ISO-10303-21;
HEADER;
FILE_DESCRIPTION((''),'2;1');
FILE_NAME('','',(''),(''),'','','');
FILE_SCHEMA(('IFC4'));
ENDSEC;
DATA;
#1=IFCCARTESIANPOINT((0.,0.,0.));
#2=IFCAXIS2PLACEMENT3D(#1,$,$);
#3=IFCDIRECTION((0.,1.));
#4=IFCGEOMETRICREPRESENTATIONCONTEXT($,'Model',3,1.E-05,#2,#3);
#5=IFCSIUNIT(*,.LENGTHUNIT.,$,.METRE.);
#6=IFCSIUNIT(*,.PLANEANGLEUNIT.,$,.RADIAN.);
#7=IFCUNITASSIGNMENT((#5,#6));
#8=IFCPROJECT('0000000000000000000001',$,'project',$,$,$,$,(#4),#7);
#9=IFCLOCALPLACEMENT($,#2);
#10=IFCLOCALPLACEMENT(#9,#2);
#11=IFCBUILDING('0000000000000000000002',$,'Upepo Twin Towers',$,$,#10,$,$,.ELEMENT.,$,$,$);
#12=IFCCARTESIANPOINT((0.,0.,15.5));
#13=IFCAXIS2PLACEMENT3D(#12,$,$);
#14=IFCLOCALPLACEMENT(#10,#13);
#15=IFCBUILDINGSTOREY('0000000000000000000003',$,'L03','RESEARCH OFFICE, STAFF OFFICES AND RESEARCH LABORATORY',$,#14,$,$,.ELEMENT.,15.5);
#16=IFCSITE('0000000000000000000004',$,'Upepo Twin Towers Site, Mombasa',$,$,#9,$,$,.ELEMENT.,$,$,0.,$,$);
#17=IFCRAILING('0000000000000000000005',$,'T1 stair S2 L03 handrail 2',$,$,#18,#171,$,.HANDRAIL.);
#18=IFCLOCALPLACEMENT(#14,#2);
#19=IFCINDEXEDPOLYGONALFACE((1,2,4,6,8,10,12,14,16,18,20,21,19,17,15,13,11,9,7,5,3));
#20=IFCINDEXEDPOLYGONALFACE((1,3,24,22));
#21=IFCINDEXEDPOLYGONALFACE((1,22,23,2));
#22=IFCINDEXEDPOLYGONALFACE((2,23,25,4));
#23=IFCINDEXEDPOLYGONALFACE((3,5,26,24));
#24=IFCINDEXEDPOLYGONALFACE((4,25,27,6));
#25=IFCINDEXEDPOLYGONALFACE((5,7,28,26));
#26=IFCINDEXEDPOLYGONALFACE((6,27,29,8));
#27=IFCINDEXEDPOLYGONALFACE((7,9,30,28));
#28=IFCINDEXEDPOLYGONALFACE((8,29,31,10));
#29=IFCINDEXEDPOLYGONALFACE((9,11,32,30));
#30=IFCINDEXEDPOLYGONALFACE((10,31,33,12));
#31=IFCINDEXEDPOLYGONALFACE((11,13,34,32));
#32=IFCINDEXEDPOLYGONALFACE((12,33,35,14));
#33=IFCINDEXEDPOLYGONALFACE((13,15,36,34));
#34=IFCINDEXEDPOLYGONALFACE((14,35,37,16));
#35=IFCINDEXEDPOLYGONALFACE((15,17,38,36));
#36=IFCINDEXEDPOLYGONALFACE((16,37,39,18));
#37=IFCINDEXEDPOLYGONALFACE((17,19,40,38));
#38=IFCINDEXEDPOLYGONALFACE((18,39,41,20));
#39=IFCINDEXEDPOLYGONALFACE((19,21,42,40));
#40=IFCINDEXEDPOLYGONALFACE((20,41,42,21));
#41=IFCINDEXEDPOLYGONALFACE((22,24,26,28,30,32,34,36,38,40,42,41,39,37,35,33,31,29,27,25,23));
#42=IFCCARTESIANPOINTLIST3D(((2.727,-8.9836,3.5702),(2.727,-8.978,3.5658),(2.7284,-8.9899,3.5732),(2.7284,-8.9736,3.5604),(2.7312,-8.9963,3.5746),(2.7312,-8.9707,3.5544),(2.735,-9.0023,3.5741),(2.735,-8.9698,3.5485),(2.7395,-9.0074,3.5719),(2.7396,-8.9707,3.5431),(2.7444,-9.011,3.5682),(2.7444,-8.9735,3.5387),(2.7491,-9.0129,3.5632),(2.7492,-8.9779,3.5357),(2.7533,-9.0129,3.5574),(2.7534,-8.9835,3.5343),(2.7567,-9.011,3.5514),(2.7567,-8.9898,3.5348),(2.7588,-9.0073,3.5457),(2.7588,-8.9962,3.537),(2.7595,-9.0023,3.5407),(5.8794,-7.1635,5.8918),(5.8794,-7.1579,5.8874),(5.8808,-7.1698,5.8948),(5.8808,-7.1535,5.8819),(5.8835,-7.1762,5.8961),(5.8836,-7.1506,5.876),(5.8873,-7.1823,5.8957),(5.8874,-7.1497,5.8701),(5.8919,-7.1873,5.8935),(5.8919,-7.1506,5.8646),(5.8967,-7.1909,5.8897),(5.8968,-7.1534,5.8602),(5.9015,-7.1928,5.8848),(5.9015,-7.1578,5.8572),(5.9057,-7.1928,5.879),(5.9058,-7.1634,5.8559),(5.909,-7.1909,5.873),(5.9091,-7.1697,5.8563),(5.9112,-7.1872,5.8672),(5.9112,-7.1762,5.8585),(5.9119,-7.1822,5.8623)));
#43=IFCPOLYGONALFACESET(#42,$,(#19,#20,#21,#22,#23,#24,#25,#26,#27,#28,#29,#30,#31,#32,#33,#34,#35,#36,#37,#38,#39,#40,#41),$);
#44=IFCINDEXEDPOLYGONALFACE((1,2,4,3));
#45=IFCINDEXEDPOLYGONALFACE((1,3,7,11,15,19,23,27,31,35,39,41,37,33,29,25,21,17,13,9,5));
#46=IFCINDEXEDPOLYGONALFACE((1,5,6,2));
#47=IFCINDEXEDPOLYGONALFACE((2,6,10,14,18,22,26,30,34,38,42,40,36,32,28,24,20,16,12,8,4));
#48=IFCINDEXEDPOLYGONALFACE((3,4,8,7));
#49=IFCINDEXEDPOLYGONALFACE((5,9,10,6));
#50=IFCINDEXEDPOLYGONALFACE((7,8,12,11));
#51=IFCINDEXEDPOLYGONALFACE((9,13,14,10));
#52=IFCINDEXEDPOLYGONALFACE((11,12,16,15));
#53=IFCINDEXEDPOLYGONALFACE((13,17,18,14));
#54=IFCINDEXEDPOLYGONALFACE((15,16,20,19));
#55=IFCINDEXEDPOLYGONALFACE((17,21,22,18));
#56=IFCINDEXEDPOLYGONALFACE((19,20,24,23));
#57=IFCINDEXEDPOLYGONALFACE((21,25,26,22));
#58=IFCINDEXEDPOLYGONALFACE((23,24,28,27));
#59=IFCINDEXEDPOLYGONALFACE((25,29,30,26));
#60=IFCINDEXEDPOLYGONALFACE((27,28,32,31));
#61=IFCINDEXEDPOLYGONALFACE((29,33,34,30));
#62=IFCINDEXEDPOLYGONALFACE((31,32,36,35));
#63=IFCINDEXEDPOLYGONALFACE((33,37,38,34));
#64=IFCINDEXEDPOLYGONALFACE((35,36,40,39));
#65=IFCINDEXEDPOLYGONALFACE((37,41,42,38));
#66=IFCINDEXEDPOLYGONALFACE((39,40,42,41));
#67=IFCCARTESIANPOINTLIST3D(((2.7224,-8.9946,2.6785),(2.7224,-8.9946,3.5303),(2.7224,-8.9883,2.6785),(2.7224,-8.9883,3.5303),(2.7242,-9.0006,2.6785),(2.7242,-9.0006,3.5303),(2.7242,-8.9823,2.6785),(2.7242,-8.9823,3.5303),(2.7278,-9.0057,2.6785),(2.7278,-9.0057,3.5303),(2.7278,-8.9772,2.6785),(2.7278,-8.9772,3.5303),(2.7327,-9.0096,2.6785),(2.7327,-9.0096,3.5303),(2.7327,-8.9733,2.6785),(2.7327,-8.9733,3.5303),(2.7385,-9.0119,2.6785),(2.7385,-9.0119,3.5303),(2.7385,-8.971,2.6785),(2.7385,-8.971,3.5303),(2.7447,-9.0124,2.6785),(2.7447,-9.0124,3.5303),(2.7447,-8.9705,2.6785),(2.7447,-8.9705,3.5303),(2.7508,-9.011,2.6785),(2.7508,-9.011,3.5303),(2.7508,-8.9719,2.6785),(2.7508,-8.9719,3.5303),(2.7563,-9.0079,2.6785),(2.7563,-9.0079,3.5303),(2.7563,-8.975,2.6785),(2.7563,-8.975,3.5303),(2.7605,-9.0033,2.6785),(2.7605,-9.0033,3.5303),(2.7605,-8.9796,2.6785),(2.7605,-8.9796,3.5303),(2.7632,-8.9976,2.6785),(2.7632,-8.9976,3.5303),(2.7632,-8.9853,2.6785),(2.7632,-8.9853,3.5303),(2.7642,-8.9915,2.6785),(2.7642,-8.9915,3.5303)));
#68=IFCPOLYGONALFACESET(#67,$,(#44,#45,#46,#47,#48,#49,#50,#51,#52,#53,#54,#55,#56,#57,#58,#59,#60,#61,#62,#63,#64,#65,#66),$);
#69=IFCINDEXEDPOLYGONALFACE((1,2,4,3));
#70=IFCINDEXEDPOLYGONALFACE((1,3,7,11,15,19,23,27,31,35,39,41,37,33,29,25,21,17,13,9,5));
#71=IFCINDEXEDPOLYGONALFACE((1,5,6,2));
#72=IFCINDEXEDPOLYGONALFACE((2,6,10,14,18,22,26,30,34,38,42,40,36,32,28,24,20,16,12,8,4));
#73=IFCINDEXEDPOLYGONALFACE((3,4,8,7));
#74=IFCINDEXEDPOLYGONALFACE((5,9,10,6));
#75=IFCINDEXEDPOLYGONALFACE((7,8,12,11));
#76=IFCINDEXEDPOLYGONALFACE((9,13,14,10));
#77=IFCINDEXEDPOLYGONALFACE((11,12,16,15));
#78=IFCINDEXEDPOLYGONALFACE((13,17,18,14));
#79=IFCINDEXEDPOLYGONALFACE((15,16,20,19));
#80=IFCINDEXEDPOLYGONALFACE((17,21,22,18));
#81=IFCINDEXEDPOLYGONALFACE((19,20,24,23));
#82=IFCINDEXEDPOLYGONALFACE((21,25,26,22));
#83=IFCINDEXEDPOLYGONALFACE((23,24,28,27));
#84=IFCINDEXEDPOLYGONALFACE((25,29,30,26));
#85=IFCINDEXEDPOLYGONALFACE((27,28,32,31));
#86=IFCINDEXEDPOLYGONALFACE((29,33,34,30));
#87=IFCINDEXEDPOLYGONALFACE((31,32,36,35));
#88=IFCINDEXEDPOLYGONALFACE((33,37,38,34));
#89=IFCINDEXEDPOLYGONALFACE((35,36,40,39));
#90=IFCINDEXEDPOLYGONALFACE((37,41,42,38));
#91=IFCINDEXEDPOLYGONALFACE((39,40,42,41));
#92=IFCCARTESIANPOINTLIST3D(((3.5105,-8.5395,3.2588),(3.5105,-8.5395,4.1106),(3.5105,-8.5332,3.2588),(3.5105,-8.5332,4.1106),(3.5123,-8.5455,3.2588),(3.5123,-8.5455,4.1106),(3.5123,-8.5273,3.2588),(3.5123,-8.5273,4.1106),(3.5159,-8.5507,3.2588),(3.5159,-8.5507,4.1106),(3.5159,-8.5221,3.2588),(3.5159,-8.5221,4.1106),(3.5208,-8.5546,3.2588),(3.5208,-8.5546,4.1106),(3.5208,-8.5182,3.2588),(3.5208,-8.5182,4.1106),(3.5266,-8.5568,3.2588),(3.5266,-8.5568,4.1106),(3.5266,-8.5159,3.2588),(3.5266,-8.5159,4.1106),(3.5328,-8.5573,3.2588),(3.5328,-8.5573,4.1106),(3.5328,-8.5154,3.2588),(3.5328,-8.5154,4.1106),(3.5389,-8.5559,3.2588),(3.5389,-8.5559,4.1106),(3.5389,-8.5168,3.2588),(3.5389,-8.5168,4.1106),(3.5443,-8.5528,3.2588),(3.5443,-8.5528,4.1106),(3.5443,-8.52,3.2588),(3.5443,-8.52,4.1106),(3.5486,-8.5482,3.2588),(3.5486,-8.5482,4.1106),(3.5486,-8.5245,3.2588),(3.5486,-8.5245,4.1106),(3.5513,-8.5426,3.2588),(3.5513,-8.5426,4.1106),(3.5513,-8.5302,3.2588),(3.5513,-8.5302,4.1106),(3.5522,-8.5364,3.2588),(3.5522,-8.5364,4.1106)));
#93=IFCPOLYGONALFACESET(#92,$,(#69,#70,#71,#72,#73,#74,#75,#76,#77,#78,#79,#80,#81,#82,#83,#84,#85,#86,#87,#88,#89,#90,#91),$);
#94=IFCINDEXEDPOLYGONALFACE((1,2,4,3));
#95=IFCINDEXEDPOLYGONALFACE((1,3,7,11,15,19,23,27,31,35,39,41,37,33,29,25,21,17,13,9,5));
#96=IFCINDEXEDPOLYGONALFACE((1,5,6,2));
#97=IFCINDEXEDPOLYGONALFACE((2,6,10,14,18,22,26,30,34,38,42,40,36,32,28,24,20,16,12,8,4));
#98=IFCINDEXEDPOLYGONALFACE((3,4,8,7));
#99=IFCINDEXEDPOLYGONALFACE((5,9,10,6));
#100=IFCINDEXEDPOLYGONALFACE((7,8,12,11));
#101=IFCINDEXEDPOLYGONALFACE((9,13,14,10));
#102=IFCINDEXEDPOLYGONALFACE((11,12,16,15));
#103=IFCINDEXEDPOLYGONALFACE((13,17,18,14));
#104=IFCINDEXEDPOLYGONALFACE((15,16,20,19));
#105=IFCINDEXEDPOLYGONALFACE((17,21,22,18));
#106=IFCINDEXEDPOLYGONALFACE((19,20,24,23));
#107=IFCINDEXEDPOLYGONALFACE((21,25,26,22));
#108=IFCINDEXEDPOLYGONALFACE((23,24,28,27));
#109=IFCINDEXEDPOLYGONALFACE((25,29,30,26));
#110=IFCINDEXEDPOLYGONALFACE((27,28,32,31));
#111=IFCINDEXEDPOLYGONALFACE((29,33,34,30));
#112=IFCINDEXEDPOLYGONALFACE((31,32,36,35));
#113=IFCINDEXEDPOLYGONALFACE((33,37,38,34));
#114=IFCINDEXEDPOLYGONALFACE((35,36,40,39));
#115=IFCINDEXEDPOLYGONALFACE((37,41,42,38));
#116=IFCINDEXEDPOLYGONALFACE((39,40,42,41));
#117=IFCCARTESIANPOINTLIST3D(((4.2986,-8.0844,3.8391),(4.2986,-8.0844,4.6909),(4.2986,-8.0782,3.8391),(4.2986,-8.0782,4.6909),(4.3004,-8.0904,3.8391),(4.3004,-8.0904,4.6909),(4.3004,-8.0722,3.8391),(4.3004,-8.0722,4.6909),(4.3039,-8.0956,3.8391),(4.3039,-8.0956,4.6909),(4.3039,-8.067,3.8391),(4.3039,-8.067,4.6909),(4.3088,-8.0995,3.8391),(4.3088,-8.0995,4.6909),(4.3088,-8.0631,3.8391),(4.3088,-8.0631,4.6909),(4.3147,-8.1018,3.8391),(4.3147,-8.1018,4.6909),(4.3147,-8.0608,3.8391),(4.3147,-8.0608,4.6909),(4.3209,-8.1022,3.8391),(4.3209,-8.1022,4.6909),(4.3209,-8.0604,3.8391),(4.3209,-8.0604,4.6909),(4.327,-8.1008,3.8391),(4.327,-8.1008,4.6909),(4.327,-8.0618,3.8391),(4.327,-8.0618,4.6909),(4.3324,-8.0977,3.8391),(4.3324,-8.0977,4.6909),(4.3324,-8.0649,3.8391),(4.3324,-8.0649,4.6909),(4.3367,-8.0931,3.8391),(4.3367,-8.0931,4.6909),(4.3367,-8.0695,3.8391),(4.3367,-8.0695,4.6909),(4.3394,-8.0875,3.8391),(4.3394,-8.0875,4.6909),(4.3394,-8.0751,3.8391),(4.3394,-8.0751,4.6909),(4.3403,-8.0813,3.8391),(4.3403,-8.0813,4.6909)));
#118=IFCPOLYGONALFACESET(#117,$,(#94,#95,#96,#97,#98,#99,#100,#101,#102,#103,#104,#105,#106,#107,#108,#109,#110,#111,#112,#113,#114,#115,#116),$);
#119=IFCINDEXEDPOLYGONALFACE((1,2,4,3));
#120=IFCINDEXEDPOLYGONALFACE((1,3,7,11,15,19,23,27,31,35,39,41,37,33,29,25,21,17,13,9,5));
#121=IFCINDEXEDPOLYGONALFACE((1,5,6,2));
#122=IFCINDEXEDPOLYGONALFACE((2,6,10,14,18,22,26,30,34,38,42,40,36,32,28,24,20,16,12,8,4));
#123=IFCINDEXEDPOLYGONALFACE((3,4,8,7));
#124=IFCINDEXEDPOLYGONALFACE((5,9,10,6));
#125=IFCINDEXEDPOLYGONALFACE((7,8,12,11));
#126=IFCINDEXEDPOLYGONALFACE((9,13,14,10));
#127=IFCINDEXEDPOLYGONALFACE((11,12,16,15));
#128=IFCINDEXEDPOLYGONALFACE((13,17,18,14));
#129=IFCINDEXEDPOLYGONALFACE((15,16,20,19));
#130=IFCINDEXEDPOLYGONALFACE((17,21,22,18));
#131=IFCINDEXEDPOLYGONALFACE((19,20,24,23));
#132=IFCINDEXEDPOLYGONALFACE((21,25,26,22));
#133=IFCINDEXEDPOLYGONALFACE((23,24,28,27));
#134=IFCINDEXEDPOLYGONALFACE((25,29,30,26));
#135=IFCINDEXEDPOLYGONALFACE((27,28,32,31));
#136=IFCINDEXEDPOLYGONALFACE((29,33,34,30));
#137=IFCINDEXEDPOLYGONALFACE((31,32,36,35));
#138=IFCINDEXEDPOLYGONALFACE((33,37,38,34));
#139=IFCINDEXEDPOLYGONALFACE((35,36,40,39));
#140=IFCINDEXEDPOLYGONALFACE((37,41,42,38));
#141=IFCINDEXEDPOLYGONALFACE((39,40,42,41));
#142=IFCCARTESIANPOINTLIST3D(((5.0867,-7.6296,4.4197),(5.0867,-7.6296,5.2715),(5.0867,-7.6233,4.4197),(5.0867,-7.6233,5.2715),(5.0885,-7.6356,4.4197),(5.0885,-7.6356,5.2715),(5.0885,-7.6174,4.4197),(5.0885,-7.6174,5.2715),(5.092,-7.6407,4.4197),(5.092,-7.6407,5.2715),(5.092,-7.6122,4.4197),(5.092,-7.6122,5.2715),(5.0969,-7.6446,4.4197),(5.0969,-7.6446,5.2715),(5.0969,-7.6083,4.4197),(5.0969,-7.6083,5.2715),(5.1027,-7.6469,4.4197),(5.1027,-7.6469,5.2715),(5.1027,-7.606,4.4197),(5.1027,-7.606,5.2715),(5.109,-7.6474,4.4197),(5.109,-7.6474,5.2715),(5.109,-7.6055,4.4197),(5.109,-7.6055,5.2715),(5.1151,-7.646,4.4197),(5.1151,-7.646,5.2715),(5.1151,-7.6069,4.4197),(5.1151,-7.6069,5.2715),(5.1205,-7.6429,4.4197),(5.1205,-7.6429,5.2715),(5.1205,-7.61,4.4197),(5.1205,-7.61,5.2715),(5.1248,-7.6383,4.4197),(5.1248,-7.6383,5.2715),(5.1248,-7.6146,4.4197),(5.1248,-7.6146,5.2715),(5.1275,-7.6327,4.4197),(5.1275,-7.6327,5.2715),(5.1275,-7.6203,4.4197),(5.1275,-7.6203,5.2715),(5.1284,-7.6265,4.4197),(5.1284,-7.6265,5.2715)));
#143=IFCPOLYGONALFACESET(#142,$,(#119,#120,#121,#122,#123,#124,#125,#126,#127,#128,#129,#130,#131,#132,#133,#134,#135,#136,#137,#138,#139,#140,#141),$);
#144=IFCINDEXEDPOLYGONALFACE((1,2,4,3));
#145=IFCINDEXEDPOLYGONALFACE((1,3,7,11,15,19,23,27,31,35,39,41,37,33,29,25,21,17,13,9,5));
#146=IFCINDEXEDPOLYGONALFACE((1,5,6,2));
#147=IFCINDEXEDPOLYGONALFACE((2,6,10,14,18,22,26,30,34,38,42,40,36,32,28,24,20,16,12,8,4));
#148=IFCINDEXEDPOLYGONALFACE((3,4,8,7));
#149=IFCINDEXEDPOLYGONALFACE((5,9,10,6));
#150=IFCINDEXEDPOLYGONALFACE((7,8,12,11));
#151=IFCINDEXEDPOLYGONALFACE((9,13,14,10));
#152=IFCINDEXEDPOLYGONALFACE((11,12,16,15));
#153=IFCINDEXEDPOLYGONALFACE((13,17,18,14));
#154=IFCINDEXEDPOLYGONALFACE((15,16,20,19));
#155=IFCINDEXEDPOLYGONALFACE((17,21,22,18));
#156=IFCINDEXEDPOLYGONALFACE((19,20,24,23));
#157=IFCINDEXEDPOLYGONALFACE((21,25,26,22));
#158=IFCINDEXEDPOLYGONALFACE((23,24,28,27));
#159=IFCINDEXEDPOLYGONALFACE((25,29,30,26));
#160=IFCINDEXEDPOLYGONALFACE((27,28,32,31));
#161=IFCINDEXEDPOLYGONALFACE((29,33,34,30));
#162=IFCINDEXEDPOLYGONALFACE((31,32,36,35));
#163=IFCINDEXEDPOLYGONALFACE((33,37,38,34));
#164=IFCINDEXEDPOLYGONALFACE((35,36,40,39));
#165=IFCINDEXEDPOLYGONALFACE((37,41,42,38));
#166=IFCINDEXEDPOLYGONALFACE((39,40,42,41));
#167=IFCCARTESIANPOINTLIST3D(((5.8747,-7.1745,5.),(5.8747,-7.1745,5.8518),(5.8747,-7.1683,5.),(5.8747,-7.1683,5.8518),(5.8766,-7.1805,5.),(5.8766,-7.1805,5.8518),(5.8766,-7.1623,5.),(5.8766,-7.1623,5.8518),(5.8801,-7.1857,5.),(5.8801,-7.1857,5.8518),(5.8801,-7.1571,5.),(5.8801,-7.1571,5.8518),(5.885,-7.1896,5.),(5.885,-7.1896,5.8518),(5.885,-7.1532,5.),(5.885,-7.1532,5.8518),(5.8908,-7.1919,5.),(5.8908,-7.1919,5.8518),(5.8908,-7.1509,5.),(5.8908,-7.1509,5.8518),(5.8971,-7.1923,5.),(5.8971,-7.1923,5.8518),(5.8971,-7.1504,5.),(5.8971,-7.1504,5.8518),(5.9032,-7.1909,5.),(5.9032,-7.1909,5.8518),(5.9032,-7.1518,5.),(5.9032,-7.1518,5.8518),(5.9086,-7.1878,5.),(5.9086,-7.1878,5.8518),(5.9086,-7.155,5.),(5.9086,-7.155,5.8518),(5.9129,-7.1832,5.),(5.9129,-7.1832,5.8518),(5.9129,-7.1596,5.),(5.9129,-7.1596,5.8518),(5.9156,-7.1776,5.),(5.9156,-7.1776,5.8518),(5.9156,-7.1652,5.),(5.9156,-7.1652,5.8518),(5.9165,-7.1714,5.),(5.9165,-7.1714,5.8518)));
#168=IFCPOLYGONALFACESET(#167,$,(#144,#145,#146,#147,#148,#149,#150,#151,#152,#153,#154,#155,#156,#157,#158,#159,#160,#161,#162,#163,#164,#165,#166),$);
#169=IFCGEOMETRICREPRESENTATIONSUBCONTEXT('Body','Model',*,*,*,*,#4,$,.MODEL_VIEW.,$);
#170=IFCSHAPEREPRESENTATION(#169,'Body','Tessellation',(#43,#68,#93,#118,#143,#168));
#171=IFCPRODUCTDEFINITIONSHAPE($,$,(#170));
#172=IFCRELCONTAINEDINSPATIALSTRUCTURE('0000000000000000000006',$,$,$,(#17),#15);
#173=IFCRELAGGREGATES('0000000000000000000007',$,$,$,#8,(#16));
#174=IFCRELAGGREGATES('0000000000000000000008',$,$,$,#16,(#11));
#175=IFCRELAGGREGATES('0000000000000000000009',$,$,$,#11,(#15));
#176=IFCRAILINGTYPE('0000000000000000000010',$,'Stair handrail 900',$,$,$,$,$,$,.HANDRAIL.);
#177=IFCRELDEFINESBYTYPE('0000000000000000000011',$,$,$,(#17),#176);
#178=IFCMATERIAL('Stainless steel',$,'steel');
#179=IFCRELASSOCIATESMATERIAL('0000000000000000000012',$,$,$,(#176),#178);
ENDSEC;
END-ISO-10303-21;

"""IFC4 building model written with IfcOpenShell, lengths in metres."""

from ifc_helpers import new_model, si_unit, direction, frame, origin, origin_2d, place, context, subcontext, project, spatial, circle, extrude, material, type_object, element, save


model = new_model("IFC4")

# Units and contexts
model_context = context("Model", 3, precision=1e-05, world=origin(), true_north=direction((0.0, 1.0)))
body_context = subcontext(model_context, "Body", "Model", "MODEL_VIEW")
ifc_project = project(units=[si_unit("LENGTHUNIT", "METRE"), si_unit("PLANEANGLEUNIT", "RADIAN")], contexts=[model_context])

# Site, building, storey
site_placement = place(None, origin())
site = spatial("IfcSite", under=ifc_project, at=site_placement, Name="Upepo Twin Towers Site, Mombasa", CompositionType="ELEMENT", RefElevation=0.0)
building_placement = place(site_placement, origin())
building = spatial("IfcBuilding", under=site, at=building_placement, Name="Upepo Twin Towers", CompositionType="ELEMENT")
storey_placement = place(building_placement, frame((0.0, 0.0, 15.5)))
storey = spatial("IfcBuildingStorey", under=building, at=storey_placement, Name="L03", Description="RESEARCH OFFICE, STAFF OFFICES AND RESEARCH LABORATORY", CompositionType="ELEMENT", Elevation=15.5)

# Railing
ifc_material_1 = material(Name="Stainless steel", Category="steel")
railing_type = type_object("IfcRailingType", Name="Stair handrail 900", PredefinedType="HANDRAIL", material=ifc_material_1)
railing_1_placement = place(storey_placement, frame((2.7432, -8.9915, 2.6785)))
element("IfcRailing", 1, at=railing_1_placement, inside=storey, type_object=railing_type, Name="T1 stair S2 L03 handrail 2", PredefinedType="HANDRAIL", context=body_context, shape_type="SweptSolid", body=[
    extrude(circle(Radius=0.0239, at=origin_2d()), frame((0.0, 0.0, 0.876), z_axis=(0.730159, 0.421572, 0.537723), x_axis=(-0.500013, 0.866018, 0.0)), (0.0, 0.0, 1.0), 4.3174),
    extrude(circle(Radius=0.021, at=origin_2d()), origin(), (0.0, 0.0, 1.0), 0.8518),
    extrude(circle(Radius=0.021, at=origin_2d()), frame((0.7881, 0.4551, 0.5803)), (0.0, 0.0, 1.0), 0.8518),
    extrude(circle(Radius=0.021, at=origin_2d()), frame((1.5762, 0.9102, 1.1606)), (0.0, 0.0, 1.0), 0.8518),
    extrude(circle(Radius=0.021, at=origin_2d()), frame((2.3643, 1.365, 1.7412)), (0.0, 0.0, 1.0), 0.8518),
    extrude(circle(Radius=0.021, at=origin_2d()), frame((3.1523, 1.8201, 2.3215)), (0.0, 0.0, 1.0), 0.8518),
])

save(model, "model.ifc")
